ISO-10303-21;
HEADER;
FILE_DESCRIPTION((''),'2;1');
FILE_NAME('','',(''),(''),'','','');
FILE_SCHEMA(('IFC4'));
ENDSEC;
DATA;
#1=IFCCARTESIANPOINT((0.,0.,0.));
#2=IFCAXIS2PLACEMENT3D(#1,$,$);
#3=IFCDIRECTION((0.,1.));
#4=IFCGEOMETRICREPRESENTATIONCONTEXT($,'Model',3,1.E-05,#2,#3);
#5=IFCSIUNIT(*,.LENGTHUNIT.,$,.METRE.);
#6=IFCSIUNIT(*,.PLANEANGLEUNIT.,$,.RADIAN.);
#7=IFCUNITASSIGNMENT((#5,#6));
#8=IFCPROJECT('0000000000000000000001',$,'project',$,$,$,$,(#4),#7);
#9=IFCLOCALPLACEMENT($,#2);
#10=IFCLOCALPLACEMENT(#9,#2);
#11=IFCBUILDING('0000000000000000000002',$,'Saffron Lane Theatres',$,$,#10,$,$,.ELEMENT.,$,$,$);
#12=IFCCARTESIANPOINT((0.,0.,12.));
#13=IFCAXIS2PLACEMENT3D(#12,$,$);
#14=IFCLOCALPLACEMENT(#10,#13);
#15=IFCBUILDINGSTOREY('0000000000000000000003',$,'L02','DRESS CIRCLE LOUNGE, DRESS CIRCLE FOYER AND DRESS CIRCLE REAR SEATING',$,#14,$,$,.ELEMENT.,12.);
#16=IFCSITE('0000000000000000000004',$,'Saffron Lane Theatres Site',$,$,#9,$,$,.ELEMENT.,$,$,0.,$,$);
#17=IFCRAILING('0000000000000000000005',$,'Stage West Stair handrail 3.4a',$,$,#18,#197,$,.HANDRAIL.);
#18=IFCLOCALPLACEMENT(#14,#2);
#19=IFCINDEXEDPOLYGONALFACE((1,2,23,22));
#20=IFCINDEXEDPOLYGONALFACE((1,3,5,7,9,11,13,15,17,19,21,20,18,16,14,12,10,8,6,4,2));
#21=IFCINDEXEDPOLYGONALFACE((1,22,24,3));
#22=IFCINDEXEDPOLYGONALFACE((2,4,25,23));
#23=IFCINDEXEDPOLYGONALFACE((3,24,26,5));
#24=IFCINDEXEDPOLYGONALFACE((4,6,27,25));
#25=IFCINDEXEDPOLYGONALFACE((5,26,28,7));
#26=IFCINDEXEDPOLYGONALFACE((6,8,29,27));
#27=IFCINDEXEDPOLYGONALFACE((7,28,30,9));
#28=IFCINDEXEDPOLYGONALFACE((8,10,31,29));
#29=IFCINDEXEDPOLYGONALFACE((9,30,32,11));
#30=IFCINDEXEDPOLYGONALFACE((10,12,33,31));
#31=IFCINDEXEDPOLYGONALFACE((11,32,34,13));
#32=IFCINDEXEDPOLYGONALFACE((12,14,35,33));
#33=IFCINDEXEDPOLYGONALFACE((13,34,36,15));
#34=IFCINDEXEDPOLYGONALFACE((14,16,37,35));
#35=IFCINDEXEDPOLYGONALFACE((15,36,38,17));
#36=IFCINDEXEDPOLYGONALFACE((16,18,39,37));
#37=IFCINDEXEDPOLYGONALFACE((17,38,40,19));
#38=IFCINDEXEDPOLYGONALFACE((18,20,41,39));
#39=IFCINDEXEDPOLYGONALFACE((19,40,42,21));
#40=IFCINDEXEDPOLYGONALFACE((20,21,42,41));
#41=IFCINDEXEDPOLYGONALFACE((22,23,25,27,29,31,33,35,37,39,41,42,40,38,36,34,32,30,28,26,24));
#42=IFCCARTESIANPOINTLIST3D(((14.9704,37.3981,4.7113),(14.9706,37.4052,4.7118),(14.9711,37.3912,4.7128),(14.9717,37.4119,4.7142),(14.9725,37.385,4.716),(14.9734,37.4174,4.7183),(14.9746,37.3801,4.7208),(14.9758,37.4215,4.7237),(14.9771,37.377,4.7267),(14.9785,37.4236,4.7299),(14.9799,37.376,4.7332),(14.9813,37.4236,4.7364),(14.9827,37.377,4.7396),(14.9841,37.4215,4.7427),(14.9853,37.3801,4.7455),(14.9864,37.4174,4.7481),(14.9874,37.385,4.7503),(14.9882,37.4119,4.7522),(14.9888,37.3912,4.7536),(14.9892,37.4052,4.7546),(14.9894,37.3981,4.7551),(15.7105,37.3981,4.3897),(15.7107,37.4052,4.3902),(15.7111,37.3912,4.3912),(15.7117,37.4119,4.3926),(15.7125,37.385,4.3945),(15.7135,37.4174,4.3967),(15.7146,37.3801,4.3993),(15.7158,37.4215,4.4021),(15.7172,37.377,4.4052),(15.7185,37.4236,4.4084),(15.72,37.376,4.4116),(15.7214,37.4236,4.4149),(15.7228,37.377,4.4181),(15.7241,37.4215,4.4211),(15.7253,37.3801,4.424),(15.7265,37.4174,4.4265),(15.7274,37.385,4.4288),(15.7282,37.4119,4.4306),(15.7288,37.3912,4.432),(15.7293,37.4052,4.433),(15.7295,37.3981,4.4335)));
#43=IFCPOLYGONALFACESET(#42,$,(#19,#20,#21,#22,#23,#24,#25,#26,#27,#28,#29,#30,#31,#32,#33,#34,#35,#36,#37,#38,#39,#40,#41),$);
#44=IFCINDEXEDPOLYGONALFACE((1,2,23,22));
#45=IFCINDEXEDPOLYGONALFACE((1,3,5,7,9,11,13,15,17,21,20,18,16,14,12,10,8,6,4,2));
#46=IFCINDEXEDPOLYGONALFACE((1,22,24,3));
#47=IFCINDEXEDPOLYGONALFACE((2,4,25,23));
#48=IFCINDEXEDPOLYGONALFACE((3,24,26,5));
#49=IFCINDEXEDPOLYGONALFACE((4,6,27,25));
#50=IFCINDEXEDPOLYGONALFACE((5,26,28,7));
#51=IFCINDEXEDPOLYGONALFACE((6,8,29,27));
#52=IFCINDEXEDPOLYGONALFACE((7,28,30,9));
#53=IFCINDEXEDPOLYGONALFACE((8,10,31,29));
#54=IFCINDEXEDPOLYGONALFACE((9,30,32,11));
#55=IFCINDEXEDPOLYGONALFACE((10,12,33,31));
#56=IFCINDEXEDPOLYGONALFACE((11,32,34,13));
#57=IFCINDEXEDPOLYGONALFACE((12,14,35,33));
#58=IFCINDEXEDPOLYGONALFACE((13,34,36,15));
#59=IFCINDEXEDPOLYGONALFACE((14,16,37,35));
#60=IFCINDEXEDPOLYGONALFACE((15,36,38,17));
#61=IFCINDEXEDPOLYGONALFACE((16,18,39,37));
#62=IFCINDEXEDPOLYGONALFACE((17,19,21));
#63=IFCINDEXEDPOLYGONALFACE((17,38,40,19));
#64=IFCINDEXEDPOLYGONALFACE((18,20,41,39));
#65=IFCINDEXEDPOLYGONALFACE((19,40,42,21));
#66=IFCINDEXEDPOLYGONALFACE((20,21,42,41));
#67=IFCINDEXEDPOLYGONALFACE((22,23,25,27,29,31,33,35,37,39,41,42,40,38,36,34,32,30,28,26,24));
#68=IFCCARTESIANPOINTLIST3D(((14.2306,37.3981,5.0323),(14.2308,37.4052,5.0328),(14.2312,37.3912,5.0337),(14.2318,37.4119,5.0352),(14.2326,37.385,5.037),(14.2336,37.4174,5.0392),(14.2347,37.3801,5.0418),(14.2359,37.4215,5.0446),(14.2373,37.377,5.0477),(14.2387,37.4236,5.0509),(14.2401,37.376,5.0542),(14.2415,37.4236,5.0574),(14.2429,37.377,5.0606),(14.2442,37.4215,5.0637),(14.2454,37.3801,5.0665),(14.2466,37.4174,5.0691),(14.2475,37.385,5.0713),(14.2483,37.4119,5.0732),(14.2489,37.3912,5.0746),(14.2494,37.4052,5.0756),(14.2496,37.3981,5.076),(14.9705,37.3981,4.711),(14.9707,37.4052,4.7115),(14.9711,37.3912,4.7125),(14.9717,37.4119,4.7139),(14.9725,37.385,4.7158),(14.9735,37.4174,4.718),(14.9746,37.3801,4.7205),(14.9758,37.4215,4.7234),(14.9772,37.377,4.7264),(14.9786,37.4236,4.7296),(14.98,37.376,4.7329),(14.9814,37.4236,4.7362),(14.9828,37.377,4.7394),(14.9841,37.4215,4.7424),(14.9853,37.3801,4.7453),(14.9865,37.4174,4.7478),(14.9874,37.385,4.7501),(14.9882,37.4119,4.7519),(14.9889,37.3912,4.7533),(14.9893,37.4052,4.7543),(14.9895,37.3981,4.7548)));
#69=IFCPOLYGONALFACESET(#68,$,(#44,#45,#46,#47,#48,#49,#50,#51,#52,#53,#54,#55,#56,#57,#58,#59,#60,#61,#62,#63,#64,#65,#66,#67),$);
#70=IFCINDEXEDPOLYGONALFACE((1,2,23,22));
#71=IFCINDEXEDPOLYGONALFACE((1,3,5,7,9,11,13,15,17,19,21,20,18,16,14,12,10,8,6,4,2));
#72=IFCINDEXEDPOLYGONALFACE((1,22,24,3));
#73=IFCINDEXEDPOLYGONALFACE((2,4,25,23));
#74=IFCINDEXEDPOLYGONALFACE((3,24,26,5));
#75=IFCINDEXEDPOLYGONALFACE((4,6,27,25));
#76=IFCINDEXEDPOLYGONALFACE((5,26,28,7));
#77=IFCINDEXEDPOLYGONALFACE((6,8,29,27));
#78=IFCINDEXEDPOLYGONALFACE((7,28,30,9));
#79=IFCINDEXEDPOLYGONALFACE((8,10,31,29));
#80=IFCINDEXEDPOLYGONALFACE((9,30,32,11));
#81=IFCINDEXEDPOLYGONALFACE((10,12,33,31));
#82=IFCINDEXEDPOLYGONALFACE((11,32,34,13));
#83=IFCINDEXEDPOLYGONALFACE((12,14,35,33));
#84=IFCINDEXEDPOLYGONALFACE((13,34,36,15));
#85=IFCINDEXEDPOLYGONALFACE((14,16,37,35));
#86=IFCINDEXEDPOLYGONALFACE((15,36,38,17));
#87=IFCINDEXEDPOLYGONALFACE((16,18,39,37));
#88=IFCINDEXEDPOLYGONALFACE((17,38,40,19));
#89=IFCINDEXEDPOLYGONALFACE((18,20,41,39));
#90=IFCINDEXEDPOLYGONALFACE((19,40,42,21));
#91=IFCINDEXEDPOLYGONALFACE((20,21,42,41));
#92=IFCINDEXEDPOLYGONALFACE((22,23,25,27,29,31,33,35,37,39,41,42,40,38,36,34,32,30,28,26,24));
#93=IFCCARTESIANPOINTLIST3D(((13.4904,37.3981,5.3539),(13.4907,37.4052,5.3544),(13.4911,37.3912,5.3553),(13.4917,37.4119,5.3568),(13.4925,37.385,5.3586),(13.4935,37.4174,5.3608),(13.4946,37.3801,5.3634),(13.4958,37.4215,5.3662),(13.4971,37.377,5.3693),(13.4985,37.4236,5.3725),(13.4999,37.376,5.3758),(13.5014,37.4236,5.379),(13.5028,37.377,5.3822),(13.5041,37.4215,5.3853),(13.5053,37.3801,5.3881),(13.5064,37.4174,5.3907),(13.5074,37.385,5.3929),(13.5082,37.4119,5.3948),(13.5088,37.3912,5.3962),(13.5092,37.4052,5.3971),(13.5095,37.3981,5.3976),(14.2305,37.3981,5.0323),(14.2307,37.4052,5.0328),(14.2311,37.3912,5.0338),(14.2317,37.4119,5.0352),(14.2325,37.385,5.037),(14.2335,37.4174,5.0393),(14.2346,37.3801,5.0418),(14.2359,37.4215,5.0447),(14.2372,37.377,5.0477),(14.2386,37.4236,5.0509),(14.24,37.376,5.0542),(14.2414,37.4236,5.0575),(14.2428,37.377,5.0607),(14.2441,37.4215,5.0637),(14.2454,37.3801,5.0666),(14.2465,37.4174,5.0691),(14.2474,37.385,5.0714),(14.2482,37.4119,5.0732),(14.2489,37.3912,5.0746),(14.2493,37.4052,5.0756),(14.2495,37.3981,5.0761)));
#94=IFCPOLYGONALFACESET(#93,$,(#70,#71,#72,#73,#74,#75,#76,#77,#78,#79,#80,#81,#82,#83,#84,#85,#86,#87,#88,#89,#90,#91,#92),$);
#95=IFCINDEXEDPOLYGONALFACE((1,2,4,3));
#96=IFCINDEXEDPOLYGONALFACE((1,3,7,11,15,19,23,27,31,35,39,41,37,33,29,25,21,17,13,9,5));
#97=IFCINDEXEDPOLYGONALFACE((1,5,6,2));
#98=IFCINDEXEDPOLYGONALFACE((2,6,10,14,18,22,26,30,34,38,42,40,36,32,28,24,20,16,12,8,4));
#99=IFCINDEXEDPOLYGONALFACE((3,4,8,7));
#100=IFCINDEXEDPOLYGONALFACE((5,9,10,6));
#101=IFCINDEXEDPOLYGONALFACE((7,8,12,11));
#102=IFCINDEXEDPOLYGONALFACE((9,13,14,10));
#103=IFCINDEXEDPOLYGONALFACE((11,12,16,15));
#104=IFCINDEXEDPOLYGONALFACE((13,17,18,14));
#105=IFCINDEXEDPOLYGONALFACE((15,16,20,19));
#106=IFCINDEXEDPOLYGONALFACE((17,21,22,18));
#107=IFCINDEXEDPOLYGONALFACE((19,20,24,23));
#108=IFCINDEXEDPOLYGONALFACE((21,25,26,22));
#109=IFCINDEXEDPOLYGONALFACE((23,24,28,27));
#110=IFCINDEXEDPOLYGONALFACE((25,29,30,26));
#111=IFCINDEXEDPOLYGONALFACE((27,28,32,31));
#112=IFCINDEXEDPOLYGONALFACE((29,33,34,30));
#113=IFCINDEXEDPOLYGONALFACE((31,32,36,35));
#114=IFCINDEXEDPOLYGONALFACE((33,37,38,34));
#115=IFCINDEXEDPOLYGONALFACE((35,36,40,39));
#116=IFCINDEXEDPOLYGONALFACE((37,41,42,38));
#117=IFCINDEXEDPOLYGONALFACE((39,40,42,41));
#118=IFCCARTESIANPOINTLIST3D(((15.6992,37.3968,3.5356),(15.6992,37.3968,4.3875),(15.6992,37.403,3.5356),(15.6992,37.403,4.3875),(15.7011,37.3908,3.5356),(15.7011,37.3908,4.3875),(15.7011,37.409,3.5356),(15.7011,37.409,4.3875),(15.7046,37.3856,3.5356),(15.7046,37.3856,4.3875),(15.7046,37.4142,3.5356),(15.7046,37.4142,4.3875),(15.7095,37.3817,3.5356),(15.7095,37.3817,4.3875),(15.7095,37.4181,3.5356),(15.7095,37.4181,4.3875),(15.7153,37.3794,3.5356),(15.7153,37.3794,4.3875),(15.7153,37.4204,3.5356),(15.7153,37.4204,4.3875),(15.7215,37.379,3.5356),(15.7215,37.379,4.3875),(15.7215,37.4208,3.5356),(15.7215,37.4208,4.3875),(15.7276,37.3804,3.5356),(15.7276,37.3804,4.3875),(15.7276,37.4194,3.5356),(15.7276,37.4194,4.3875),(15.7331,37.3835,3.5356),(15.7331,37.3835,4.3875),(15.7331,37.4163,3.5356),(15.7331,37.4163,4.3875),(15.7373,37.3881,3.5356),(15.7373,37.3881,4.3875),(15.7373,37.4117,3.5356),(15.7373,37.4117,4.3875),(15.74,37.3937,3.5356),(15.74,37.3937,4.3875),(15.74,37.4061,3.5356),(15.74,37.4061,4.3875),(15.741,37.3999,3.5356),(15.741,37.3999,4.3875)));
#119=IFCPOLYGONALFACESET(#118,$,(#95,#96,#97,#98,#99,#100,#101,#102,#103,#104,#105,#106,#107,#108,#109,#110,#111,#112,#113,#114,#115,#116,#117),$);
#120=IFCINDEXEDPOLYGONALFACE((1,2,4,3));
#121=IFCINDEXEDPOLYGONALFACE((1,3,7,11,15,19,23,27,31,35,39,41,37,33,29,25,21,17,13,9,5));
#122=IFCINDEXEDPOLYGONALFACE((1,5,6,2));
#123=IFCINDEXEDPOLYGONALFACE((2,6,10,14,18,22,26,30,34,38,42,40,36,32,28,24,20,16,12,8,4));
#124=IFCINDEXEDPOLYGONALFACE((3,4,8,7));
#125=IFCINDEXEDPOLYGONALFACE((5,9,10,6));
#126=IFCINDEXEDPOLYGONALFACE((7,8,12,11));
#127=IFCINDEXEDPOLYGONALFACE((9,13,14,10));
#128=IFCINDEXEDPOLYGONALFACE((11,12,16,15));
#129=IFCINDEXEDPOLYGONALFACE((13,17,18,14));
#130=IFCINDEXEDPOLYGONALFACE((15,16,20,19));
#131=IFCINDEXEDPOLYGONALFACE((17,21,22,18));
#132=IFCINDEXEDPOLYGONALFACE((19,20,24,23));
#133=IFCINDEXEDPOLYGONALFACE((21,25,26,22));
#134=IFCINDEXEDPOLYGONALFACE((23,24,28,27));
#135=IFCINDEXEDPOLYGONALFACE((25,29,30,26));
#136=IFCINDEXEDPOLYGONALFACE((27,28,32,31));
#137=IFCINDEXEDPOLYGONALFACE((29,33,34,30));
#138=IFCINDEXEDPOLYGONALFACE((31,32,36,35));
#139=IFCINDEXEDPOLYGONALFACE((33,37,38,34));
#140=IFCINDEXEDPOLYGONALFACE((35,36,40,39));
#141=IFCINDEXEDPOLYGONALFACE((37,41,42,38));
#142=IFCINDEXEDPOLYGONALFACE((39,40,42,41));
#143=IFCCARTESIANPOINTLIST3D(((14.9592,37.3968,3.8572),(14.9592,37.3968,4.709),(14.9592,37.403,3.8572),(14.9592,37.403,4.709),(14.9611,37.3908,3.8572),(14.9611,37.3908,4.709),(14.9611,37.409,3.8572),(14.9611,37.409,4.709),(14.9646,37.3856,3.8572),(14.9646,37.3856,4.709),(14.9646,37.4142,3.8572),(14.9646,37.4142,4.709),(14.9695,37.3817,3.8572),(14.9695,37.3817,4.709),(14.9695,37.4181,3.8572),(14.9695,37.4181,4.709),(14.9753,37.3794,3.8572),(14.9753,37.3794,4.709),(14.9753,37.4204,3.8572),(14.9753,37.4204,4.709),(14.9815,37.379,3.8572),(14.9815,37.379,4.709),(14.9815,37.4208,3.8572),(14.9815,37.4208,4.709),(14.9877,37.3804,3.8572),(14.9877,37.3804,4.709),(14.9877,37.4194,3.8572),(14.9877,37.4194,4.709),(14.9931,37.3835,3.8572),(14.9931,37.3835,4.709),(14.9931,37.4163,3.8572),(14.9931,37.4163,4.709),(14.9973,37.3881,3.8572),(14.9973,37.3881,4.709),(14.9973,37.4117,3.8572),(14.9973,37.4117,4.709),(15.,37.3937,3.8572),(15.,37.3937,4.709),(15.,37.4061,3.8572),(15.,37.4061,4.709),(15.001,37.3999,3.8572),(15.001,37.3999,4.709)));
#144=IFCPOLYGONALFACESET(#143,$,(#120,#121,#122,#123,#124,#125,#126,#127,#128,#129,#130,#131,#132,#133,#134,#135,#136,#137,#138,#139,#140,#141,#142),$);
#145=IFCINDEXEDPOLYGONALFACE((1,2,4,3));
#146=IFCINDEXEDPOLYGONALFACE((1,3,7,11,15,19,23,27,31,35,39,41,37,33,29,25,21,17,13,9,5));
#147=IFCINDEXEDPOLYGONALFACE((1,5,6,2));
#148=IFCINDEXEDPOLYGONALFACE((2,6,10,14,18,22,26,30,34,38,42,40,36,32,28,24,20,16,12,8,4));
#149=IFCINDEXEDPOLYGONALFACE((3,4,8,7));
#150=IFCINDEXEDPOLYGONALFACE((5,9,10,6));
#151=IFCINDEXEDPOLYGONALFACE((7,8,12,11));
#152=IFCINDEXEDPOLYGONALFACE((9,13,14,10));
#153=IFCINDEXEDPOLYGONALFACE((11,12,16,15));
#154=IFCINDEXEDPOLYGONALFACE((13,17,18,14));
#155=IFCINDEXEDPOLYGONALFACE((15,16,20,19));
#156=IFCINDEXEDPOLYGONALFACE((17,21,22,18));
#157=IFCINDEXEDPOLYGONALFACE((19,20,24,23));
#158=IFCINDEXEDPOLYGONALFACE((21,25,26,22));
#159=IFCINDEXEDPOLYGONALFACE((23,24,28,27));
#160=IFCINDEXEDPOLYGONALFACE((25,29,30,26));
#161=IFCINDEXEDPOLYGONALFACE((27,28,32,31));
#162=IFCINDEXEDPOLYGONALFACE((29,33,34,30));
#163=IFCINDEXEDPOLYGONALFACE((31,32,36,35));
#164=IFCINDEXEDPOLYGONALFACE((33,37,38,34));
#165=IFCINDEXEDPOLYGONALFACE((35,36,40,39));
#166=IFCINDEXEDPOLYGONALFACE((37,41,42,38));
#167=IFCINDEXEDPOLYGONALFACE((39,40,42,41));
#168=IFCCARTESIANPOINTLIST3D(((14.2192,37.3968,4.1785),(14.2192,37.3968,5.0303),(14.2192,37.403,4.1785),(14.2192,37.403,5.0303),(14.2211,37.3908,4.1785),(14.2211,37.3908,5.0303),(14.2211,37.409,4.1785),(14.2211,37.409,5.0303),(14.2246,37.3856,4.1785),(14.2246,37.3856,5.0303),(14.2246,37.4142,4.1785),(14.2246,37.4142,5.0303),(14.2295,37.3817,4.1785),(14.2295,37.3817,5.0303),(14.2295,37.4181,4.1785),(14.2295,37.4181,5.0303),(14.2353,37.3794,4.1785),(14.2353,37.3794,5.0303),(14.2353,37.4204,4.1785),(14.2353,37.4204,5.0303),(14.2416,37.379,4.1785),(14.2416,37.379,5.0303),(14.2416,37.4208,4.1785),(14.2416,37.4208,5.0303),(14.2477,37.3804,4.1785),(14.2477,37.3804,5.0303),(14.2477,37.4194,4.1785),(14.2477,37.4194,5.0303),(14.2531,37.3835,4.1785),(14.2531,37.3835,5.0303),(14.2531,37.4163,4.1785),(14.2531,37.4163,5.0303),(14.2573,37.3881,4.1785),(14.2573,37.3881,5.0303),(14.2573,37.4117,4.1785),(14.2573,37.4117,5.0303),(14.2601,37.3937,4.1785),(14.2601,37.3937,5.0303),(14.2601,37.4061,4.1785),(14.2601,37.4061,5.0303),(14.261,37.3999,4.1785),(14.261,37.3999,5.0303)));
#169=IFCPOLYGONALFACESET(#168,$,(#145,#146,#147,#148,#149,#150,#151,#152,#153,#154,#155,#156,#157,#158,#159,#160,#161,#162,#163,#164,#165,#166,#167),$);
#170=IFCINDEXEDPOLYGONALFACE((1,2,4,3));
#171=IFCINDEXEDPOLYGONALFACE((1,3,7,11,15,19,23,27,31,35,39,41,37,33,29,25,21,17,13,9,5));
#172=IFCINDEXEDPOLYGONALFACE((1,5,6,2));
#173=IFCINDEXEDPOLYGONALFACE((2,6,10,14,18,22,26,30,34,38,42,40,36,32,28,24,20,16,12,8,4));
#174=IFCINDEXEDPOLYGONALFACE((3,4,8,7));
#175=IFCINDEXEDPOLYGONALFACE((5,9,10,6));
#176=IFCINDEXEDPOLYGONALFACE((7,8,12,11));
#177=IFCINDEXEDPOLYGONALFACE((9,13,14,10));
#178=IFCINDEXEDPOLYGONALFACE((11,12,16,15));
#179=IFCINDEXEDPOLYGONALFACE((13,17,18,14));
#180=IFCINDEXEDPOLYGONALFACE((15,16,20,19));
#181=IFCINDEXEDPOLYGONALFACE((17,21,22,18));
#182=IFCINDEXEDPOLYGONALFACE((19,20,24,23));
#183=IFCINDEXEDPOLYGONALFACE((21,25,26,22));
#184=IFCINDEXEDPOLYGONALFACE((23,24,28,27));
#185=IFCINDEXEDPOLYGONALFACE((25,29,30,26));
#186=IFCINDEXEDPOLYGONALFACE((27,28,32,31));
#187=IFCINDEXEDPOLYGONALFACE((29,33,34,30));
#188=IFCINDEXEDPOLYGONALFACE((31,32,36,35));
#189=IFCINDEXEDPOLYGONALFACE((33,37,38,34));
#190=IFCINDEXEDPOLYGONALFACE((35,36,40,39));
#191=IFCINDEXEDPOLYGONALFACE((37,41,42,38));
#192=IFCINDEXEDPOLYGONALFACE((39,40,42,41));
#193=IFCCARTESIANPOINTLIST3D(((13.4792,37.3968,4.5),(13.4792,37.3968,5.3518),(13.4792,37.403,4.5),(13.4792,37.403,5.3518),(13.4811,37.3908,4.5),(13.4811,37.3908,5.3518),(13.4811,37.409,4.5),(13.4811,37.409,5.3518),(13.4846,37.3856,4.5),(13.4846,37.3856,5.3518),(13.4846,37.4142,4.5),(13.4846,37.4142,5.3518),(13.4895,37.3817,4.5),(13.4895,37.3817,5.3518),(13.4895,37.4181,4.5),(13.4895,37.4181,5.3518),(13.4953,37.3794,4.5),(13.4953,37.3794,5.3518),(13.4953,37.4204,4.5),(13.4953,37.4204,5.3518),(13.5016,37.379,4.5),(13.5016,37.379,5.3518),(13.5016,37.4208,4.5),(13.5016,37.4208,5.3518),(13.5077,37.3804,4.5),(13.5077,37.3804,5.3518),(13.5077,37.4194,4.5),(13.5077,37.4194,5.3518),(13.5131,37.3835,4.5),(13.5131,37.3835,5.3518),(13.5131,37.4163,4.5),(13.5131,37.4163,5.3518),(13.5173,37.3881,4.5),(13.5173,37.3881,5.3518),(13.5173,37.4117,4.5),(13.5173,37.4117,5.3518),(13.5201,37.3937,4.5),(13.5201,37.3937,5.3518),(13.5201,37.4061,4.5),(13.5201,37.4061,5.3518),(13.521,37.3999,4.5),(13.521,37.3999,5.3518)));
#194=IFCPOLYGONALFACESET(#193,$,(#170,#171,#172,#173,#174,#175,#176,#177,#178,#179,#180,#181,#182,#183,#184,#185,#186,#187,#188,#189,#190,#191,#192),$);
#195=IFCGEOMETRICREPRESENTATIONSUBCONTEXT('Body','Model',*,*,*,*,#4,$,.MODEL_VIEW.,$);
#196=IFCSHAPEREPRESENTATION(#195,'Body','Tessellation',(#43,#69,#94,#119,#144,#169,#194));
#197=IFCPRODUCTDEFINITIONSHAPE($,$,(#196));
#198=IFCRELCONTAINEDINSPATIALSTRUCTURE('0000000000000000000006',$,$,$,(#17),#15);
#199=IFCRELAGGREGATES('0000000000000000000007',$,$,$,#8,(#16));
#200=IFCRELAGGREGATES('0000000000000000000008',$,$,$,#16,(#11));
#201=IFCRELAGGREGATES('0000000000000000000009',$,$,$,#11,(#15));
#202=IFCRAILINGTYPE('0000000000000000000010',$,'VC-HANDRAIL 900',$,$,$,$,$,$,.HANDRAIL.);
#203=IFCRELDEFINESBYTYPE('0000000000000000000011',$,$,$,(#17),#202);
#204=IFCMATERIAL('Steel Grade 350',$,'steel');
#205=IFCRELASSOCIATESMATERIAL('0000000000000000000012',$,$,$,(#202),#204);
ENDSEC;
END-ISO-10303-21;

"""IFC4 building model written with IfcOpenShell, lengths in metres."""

from ifc_helpers import new_model, si_unit, direction, frame, origin, origin_2d, place, context, subcontext, project, spatial, circle, extrude, material, type_object, element, save


model = new_model("IFC4")

# Units and contexts
model_context = context("Model", 3, precision=1e-05, world=origin(), true_north=direction((0.0, 1.0)))
body_context = subcontext(model_context, "Body", "Model", "MODEL_VIEW")
ifc_project = project(units=[si_unit("LENGTHUNIT", "METRE"), si_unit("PLANEANGLEUNIT", "RADIAN")], contexts=[model_context])

# Site, building, storey
site_placement = place(None, origin())
site = spatial("IfcSite", under=ifc_project, at=site_placement, Name="Saffron Lane Theatres Site", CompositionType="ELEMENT", RefElevation=0.0)
building_placement = place(site_placement, origin())
building = spatial("IfcBuilding", under=site, at=building_placement, Name="Saffron Lane Theatres", CompositionType="ELEMENT")
storey_placement = place(building_placement, frame((0.0, 0.0, 12.0)))
storey = spatial("IfcBuildingStorey", under=building, at=storey_placement, Name="L02", Description="DRESS CIRCLE LOUNGE, DRESS CIRCLE FOYER AND DRESS CIRCLE REAR SEATING", CompositionType="ELEMENT", Elevation=12.0)

# Railing
ifc_material_1 = material(Name="Steel Grade 350", Category="steel")
railing_type_1 = type_object("IfcRailingType", Name="VC-HANDRAIL 900", PredefinedType="HANDRAIL", material=ifc_material_1)
railing_1_placement = place(storey_placement, frame((15.72, 37.3999, 3.5356)))
element("IfcRailing", 1, at=railing_1_placement, inside=storey, type_object=railing_type_1, Name="Stage West Stair handrail 3.4a", PredefinedType="HANDRAIL", context=body_context, shape_type="SweptSolid", body=[
    extrude(circle(Radius=0.0239, at=origin_2d()), frame((0.0, 0.0, 0.876), z_axis=(-0.917161, 0.0, 0.398516), x_axis=(0.0, -1.0, 0.0)), (0.0, 0.0, 1.0), 0.8069),
    extrude(circle(Radius=0.0239, at=origin_2d()), frame((-0.74, 0.0, 1.1973), z_axis=(-0.917272, 0.0, 0.398261), x_axis=(0.0, -1.0, 0.0)), (0.0, 0.0, 1.0), 0.8066),
    extrude(circle(Radius=0.0239, at=origin_2d()), frame((-1.48, 0.0, 1.5186), z_axis=(-0.917161, 0.0, 0.398516), x_axis=(0.0, -1.0, 0.0)), (0.0, 0.0, 1.0), 0.8069),
    extrude(circle(Radius=0.021, at=origin_2d()), origin(), (0.0, 0.0, 1.0), 0.8518),
    extrude(circle(Radius=0.021, at=origin_2d()), frame((-0.74, 0.0, 0.3215)), (0.0, 0.0, 1.0), 0.8518),
    extrude(circle(Radius=0.021, at=origin_2d()), frame((-1.48, 0.0, 0.6428)), (0.0, 0.0, 1.0), 0.8518),
    extrude(circle(Radius=0.021, at=origin_2d()), frame((-2.22, 0.0, 0.9644)), (0.0, 0.0, 1.0), 0.8518),
])

save(model, "model.ifc")
